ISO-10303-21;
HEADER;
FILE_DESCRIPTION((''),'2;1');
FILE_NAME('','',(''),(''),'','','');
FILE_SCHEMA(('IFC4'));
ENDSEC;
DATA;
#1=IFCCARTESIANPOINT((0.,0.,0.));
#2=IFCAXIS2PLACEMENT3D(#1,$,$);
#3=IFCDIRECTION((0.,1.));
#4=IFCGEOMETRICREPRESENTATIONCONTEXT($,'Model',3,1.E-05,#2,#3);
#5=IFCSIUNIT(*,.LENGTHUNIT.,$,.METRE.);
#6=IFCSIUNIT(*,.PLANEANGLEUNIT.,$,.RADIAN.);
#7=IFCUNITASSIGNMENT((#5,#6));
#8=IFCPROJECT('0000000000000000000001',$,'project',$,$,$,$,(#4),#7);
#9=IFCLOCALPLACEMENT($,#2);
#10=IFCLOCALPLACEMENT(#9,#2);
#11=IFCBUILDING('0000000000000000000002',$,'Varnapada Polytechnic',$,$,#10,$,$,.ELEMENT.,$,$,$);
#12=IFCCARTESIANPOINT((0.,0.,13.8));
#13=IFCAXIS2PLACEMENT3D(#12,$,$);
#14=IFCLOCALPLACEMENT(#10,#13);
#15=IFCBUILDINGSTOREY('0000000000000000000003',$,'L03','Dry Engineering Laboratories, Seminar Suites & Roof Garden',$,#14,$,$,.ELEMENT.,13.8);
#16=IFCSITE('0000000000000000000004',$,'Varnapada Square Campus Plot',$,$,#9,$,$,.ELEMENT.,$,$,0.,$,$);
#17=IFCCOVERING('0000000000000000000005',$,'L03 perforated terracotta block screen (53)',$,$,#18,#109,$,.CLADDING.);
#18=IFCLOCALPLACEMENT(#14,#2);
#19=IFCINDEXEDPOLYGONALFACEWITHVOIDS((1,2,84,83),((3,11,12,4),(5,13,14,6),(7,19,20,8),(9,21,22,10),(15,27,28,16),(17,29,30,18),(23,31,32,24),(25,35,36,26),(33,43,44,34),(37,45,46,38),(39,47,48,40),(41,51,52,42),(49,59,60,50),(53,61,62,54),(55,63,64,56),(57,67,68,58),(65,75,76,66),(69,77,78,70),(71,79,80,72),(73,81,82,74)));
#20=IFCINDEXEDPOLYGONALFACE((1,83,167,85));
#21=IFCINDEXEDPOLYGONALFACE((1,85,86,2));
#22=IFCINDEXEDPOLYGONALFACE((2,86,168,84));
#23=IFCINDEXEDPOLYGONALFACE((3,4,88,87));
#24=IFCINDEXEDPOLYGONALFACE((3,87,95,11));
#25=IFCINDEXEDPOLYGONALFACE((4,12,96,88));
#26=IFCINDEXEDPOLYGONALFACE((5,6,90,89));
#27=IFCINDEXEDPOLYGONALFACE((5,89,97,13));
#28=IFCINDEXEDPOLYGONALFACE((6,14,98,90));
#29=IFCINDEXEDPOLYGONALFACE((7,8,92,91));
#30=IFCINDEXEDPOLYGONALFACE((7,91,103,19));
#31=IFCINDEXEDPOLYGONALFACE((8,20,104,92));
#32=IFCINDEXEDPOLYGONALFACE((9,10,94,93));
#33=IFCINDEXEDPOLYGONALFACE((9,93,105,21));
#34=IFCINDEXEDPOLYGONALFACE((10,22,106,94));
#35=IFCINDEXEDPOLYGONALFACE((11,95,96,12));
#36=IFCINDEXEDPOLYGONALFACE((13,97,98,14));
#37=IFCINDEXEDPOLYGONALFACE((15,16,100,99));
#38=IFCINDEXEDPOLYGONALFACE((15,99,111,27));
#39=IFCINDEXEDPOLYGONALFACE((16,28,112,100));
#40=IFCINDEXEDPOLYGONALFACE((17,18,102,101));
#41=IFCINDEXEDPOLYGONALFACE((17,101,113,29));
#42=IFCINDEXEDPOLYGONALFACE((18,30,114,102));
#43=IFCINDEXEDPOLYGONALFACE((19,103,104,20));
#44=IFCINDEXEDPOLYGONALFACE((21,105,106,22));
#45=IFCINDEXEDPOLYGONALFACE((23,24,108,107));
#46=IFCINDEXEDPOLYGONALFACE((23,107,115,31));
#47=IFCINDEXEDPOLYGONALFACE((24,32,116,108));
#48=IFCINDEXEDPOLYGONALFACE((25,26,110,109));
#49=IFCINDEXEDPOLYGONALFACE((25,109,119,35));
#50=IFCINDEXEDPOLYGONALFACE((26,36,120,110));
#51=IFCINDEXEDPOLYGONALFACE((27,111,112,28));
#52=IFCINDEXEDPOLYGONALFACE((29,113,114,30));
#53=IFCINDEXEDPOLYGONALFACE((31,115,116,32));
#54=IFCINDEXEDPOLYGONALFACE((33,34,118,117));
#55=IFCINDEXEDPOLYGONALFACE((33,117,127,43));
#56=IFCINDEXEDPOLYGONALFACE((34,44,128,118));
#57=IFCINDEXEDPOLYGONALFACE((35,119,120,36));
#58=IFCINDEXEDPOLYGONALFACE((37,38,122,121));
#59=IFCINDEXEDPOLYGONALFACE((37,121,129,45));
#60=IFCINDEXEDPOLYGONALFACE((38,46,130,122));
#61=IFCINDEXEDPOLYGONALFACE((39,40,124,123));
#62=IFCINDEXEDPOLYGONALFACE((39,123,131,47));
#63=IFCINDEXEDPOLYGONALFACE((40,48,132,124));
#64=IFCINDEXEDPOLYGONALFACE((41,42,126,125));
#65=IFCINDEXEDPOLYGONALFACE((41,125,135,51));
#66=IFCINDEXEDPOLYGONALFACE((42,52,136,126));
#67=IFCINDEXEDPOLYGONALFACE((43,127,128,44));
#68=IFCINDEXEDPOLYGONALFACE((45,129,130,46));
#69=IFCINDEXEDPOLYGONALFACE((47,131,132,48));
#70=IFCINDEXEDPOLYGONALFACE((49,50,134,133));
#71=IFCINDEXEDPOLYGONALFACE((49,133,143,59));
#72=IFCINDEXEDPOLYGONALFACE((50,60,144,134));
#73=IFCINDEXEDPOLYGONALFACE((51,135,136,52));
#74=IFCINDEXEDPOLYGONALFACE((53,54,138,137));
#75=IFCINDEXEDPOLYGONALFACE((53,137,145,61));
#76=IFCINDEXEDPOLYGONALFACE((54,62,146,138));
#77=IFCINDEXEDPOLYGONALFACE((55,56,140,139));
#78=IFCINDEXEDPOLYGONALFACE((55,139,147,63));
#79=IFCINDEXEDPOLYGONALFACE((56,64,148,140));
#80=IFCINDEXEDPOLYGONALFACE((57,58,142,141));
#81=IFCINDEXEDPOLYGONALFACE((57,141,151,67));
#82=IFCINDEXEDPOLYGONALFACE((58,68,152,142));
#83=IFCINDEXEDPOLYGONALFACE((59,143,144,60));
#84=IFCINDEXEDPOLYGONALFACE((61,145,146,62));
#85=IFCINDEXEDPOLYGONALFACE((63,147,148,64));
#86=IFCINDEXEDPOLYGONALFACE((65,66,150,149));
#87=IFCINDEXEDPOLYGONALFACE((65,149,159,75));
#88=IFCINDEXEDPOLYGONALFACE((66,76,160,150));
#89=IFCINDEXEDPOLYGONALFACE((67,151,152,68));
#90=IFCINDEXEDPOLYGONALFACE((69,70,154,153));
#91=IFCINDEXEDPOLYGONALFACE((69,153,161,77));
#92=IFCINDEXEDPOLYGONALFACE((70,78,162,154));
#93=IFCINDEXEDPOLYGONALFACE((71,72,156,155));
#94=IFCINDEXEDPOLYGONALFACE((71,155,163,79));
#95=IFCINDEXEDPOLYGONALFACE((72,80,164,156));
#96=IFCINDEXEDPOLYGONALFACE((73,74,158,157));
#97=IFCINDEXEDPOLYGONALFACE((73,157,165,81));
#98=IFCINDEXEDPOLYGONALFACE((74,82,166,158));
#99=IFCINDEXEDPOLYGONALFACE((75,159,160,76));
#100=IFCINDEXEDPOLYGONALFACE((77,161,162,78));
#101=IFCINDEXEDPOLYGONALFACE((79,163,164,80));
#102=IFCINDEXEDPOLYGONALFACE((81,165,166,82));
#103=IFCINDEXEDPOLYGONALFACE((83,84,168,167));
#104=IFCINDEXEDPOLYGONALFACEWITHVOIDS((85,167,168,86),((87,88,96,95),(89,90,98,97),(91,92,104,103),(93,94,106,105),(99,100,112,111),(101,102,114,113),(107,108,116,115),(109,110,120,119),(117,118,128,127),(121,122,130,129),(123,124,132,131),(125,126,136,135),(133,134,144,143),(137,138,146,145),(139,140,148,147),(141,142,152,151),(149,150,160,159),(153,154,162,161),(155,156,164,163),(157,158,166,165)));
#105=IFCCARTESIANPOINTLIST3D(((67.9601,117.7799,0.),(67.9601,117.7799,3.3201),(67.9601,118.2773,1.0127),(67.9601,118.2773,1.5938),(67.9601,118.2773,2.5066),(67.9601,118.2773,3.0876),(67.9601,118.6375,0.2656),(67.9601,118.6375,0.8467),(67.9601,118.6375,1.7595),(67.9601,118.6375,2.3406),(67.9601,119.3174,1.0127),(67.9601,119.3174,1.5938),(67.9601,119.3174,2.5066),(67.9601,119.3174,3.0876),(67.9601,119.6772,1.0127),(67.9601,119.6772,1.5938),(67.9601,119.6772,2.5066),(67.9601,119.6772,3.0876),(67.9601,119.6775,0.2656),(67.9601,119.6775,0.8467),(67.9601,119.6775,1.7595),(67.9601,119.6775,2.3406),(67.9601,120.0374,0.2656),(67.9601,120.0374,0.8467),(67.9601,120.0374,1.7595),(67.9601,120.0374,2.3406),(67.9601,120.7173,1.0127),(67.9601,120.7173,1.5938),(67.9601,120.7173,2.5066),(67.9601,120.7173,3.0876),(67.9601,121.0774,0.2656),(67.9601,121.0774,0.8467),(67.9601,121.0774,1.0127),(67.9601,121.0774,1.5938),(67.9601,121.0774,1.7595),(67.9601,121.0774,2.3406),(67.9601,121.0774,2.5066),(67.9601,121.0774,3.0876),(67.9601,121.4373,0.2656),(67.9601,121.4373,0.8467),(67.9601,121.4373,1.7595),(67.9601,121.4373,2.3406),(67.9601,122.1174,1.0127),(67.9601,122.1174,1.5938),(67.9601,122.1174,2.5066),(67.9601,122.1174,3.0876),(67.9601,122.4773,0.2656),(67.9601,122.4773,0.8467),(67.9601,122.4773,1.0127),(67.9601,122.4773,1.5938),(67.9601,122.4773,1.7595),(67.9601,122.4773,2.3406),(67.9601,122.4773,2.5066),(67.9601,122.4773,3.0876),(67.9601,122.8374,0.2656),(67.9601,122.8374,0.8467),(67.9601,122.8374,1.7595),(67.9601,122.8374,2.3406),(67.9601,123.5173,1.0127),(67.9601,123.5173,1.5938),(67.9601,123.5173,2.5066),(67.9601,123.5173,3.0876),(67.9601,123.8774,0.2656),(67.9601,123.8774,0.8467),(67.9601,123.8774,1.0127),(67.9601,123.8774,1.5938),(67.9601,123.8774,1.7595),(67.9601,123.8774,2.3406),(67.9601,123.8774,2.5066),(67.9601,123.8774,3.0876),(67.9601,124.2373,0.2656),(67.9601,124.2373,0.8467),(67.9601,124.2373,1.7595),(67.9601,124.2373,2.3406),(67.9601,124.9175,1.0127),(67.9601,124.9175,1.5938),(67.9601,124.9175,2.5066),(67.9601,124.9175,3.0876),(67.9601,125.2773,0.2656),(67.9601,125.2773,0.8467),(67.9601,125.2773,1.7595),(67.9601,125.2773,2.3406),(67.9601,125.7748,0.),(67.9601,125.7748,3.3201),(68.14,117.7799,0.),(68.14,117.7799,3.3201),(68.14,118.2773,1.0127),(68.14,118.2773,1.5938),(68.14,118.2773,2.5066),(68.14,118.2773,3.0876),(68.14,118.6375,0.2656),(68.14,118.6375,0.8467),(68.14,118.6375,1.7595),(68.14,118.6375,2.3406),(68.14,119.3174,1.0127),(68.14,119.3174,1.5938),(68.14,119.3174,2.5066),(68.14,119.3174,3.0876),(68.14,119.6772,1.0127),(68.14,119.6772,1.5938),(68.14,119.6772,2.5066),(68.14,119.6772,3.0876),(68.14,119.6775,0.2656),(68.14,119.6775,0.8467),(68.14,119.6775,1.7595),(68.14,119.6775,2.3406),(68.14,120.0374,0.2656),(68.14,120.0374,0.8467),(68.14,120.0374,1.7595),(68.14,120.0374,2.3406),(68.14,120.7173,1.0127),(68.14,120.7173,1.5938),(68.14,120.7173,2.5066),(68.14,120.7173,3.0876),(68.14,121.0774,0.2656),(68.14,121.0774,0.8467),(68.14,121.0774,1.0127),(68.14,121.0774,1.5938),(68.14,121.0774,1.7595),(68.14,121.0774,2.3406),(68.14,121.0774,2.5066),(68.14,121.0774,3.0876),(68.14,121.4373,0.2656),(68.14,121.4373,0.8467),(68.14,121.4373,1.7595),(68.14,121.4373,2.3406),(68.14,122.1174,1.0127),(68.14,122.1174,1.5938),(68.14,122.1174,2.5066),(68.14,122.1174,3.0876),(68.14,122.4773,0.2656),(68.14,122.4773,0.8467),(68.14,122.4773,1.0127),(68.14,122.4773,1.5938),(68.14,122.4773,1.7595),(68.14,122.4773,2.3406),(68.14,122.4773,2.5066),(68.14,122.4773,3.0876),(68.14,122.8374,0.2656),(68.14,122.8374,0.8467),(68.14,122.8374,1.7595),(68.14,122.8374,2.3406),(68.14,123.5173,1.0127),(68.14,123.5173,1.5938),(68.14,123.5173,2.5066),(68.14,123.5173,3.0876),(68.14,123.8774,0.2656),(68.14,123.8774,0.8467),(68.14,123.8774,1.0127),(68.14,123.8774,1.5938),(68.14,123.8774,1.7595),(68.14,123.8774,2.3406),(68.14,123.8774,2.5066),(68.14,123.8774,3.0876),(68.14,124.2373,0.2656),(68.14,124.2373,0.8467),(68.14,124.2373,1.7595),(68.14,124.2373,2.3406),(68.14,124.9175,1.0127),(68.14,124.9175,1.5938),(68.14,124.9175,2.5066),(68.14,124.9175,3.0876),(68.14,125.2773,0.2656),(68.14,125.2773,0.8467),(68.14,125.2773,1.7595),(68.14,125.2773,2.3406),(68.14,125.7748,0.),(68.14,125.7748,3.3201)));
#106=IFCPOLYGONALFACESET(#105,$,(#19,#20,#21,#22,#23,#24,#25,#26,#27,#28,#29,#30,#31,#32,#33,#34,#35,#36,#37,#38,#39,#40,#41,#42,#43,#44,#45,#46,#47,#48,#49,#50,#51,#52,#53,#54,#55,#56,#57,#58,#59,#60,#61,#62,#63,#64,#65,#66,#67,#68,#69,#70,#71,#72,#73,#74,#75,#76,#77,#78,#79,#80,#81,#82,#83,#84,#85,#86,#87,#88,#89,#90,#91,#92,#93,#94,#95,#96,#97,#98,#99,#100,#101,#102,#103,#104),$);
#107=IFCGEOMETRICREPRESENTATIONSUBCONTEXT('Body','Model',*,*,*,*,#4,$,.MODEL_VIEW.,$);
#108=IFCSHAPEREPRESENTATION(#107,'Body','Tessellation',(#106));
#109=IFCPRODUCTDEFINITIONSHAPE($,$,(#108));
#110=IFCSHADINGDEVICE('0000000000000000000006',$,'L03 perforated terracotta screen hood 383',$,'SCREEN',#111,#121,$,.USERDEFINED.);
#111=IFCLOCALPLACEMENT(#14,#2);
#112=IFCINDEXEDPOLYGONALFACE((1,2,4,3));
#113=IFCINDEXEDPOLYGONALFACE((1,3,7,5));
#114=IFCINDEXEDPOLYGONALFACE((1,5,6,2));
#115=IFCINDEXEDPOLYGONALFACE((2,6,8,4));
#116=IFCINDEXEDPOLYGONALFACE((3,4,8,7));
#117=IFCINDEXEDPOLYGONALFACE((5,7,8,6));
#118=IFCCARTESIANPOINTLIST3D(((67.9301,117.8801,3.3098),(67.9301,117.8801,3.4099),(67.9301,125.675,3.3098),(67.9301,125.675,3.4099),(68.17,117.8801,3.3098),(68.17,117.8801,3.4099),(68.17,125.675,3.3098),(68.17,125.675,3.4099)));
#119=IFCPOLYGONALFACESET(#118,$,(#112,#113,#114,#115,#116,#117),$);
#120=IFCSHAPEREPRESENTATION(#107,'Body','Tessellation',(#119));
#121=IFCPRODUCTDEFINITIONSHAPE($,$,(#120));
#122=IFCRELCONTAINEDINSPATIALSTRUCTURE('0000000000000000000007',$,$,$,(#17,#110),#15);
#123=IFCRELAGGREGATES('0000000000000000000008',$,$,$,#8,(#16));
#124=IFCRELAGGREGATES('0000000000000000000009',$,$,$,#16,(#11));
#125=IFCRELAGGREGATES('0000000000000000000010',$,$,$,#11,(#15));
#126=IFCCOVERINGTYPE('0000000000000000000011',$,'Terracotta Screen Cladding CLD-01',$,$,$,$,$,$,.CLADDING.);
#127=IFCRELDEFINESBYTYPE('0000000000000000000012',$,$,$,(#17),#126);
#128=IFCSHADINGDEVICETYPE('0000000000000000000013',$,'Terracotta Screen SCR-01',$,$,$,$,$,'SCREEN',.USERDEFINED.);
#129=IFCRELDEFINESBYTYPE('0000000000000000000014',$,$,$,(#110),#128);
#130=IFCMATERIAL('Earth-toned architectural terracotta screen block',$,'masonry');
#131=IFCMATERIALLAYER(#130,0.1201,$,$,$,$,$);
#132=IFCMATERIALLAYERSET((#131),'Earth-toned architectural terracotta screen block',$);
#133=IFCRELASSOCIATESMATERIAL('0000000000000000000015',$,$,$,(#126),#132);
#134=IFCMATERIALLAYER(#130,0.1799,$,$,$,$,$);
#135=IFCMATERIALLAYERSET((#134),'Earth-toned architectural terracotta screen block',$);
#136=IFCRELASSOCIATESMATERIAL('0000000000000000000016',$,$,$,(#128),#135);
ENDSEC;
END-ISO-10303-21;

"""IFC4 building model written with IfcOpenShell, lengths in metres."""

from ifc_helpers import new_model, si_unit, direction, frame, frame_2d, origin, origin_2d, place, context, subcontext, project, spatial, rectangle, extrude, material, layer, layer_set, type_object, element, save


model = new_model("IFC4")

# Units and contexts
model_context = context("Model", 3, precision=1e-05, world=origin(), true_north=direction((0.0, 1.0)))
body_context = subcontext(model_context, "Body", "Model", "MODEL_VIEW")
ifc_project = project(units=[si_unit("LENGTHUNIT", "METRE"), si_unit("PLANEANGLEUNIT", "RADIAN")], contexts=[model_context])

# Site, building, storey
site_placement = place(None, origin())
site = spatial("IfcSite", under=ifc_project, at=site_placement, Name="Varnapada Square Campus Plot", CompositionType="ELEMENT", RefElevation=0.0)
building_placement = place(site_placement, origin())
building = spatial("IfcBuilding", under=site, at=building_placement, Name="Varnapada Polytechnic", CompositionType="ELEMENT")
storey_placement = place(building_placement, frame((0.0, 0.0, 13.8)))
storey = spatial("IfcBuildingStorey", under=building, at=storey_placement, Name="L03", Description="Dry Engineering Laboratories, Seminar Suites & Roof Garden", CompositionType="ELEMENT", Elevation=13.8)

# Covering, openings
ifc_material_1 = material(Name="Earth-toned architectural terracotta screen block", Category="masonry")
ifc_layer_1 = layer(ifc_material_1, 0.1201)
ifc_layer_set_1 = layer_set([ifc_layer_1], Name="Earth-toned architectural terracotta screen block")
covering_type = type_object("IfcCoveringType", Name="Terracotta Screen Cladding CLD-01", PredefinedType="CLADDING", material=ifc_layer_set_1)
covering_placement = place(storey_placement, frame((68.05, 125.7749, 0.0), z_axis=(0.0, 0.0, 1.0), x_axis=(0.0, -1.0, 0.0)))
covering = element("IfcCovering", 1, at=covering_placement, inside=storey, type_object=covering_type, Name="L03 perforated terracotta block screen (53)", PredefinedType="CLADDING", context=body_context, shape_type="SweptSolid", body=[
    extrude(rectangle(XDim=7.9949, YDim=0.1799, at=frame_2d((3.9976, 0.0))), origin(), (0.0, 0.0, 1.0), 3.3201),
])
opening_1_placement = place(covering_placement, frame((0.4976, 0.0, 0.2656)))
element("IfcOpeningElement", 2, at=opening_1_placement, cuts=covering, PredefinedType="OPENING", context=body_context, shape_type="SweptSolid", body=[
    extrude(rectangle(XDim=1.04, YDim=0.5811, at=frame_2d((0.52, 0.2905))), frame((0.0, 0.0999, 0.0), z_axis=(0.0, -1.0, 0.0), x_axis=(1.0, 0.0, 0.0)), (0.0, 0.0, 1.0), 0.2),
])
opening_2_placement = place(covering_placement, frame((1.8975, 0.0, 0.2656)))
element("IfcOpeningElement", 3, at=opening_2_placement, cuts=covering, PredefinedType="OPENING", context=body_context, shape_type="SweptSolid", body=[
    extrude(rectangle(XDim=1.04, YDim=0.5811, at=frame_2d((0.52, 0.2905))), frame((0.0, 0.0999, 0.0), z_axis=(0.0, -1.0, 0.0), x_axis=(1.0, 0.0, 0.0)), (0.0, 0.0, 1.0), 0.2),
])
opening_3_placement = place(covering_placement, frame((3.2976, 0.0, 0.2656)))
element("IfcOpeningElement", 4, at=opening_3_placement, cuts=covering, PredefinedType="OPENING", context=body_context, shape_type="SweptSolid", body=[
    extrude(rectangle(XDim=1.04, YDim=0.5811, at=frame_2d((0.52, 0.2905))), frame((0.0, 0.0999, 0.0), z_axis=(0.0, -1.0, 0.0), x_axis=(1.0, 0.0, 0.0)), (0.0, 0.0, 1.0), 0.2),
])
opening_4_placement = place(covering_placement, frame((4.6975, 0.0, 0.2656)))
element("IfcOpeningElement", 5, at=opening_4_placement, cuts=covering, PredefinedType="OPENING", context=body_context, shape_type="SweptSolid", body=[
    extrude(rectangle(XDim=1.04, YDim=0.5811, at=frame_2d((0.52, 0.2905))), frame((0.0, 0.0999, 0.0), z_axis=(0.0, -1.0, 0.0), x_axis=(1.0, 0.0, 0.0)), (0.0, 0.0, 1.0), 0.2),
])
opening_5_placement = place(covering_placement, frame((6.0974, 0.0, 0.2656)))
element("IfcOpeningElement", 6, at=opening_5_placement, cuts=covering, PredefinedType="OPENING", context=body_context, shape_type="SweptSolid", body=[
    extrude(rectangle(XDim=1.04, YDim=0.5811, at=frame_2d((0.52, 0.2905))), frame((0.0, 0.0999, 0.0), z_axis=(0.0, -1.0, 0.0), x_axis=(1.0, 0.0, 0.0)), (0.0, 0.0, 1.0), 0.2),
])
opening_6_placement = place(covering_placement, frame((0.8574, 0.0, 1.0127)))
element("IfcOpeningElement", 7, at=opening_6_placement, cuts=covering, PredefinedType="OPENING", context=body_context, shape_type="SweptSolid", body=[
    extrude(rectangle(XDim=1.04, YDim=0.5811, at=frame_2d((0.52, 0.2905))), frame((0.0, 0.0999, 0.0), z_axis=(0.0, -1.0, 0.0), x_axis=(1.0, 0.0, 0.0)), (0.0, 0.0, 1.0), 0.2),
])
opening_7_placement = place(covering_placement, frame((2.2576, 0.0, 1.0127)))
element("IfcOpeningElement", 8, at=opening_7_placement, cuts=covering, PredefinedType="OPENING", context=body_context, shape_type="SweptSolid", body=[
    extrude(rectangle(XDim=1.04, YDim=0.5811, at=frame_2d((0.52, 0.2905))), frame((0.0, 0.0999, 0.0), z_axis=(0.0, -1.0, 0.0), x_axis=(1.0, 0.0, 0.0)), (0.0, 0.0, 1.0), 0.2),
])
opening_8_placement = place(covering_placement, frame((3.6575, 0.0, 1.0127)))
element("IfcOpeningElement", 9, at=opening_8_placement, cuts=covering, PredefinedType="OPENING", context=body_context, shape_type="SweptSolid", body=[
    extrude(rectangle(XDim=1.04, YDim=0.5811, at=frame_2d((0.52, 0.2905))), frame((0.0, 0.0999, 0.0), z_axis=(0.0, -1.0, 0.0), x_axis=(1.0, 0.0, 0.0)), (0.0, 0.0, 1.0), 0.2),
])
opening_9_placement = place(covering_placement, frame((5.0576, 0.0, 1.0127)))
element("IfcOpeningElement", 10, at=opening_9_placement, cuts=covering, PredefinedType="OPENING", context=body_context, shape_type="SweptSolid", body=[
    extrude(rectangle(XDim=1.04, YDim=0.5811, at=frame_2d((0.52, 0.2905))), frame((0.0, 0.0999, 0.0), z_axis=(0.0, -1.0, 0.0), x_axis=(1.0, 0.0, 0.0)), (0.0, 0.0, 1.0), 0.2),
])
opening_10_placement = place(covering_placement, frame((6.4575, 0.0, 1.0127)))
element("IfcOpeningElement", 11, at=opening_10_placement, cuts=covering, PredefinedType="OPENING", context=body_context, shape_type="SweptSolid", body=[
    extrude(rectangle(XDim=1.04, YDim=0.5811, at=frame_2d((0.52, 0.2905))), frame((0.0, 0.0999, 0.0), z_axis=(0.0, -1.0, 0.0), x_axis=(1.0, 0.0, 0.0)), (0.0, 0.0, 1.0), 0.2),
])
opening_11_placement = place(covering_placement, frame((0.4976, 0.0, 1.7595)))
element("IfcOpeningElement", 12, at=opening_11_placement, cuts=covering, PredefinedType="OPENING", context=body_context, shape_type="SweptSolid", body=[
    extrude(rectangle(XDim=1.04, YDim=0.5811, at=frame_2d((0.52, 0.2905))), frame((0.0, 0.0999, 0.0), z_axis=(0.0, -1.0, 0.0), x_axis=(1.0, 0.0, 0.0)), (0.0, 0.0, 1.0), 0.2),
])
opening_12_placement = place(covering_placement, frame((1.8975, 0.0, 1.7595)))
element("IfcOpeningElement", 13, at=opening_12_placement, cuts=covering, PredefinedType="OPENING", context=body_context, shape_type="SweptSolid", body=[
    extrude(rectangle(XDim=1.04, YDim=0.5811, at=frame_2d((0.52, 0.2905))), frame((0.0, 0.0999, 0.0), z_axis=(0.0, -1.0, 0.0), x_axis=(1.0, 0.0, 0.0)), (0.0, 0.0, 1.0), 0.2),
])
opening_13_placement = place(covering_placement, frame((3.2976, 0.0, 1.7595)))
element("IfcOpeningElement", 14, at=opening_13_placement, cuts=covering, PredefinedType="OPENING", context=body_context, shape_type="SweptSolid", body=[
    extrude(rectangle(XDim=1.04, YDim=0.5811, at=frame_2d((0.52, 0.2905))), frame((0.0, 0.0999, 0.0), z_axis=(0.0, -1.0, 0.0), x_axis=(1.0, 0.0, 0.0)), (0.0, 0.0, 1.0), 0.2),
])
opening_14_placement = place(covering_placement, frame((4.6975, 0.0, 1.7595)))
element("IfcOpeningElement", 15, at=opening_14_placement, cuts=covering, PredefinedType="OPENING", context=body_context, shape_type="SweptSolid", body=[
    extrude(rectangle(XDim=1.04, YDim=0.5811, at=frame_2d((0.52, 0.2905))), frame((0.0, 0.0999, 0.0), z_axis=(0.0, -1.0, 0.0), x_axis=(1.0, 0.0, 0.0)), (0.0, 0.0, 1.0), 0.2),
])
opening_15_placement = place(covering_placement, frame((6.0974, 0.0, 1.7595)))
element("IfcOpeningElement", 16, at=opening_15_placement, cuts=covering, PredefinedType="OPENING", context=body_context, shape_type="SweptSolid", body=[
    extrude(rectangle(XDim=1.04, YDim=0.5811, at=frame_2d((0.52, 0.2905))), frame((0.0, 0.0999, 0.0), z_axis=(0.0, -1.0, 0.0), x_axis=(1.0, 0.0, 0.0)), (0.0, 0.0, 1.0), 0.2),
])
opening_16_placement = place(covering_placement, frame((0.8574, 0.0, 2.5066)))
element("IfcOpeningElement", 17, at=opening_16_placement, cuts=covering, PredefinedType="OPENING", context=body_context, shape_type="SweptSolid", body=[
    extrude(rectangle(XDim=1.04, YDim=0.5811, at=frame_2d((0.52, 0.2905))), frame((0.0, 0.0999, 0.0), z_axis=(0.0, -1.0, 0.0), x_axis=(1.0, 0.0, 0.0)), (0.0, 0.0, 1.0), 0.2),
])
opening_17_placement = place(covering_placement, frame((2.2576, 0.0, 2.5066)))
element("IfcOpeningElement", 18, at=opening_17_placement, cuts=covering, PredefinedType="OPENING", context=body_context, shape_type="SweptSolid", body=[
    extrude(rectangle(XDim=1.04, YDim=0.5811, at=frame_2d((0.52, 0.2905))), frame((0.0, 0.0999, 0.0), z_axis=(0.0, -1.0, 0.0), x_axis=(1.0, 0.0, 0.0)), (0.0, 0.0, 1.0), 0.2),
])
opening_18_placement = place(covering_placement, frame((3.6575, 0.0, 2.5066)))
element("IfcOpeningElement", 19, at=opening_18_placement, cuts=covering, PredefinedType="OPENING", context=body_context, shape_type="SweptSolid", body=[
    extrude(rectangle(XDim=1.04, YDim=0.5811, at=frame_2d((0.52, 0.2905))), frame((0.0, 0.0999, 0.0), z_axis=(0.0, -1.0, 0.0), x_axis=(1.0, 0.0, 0.0)), (0.0, 0.0, 1.0), 0.2),
])
opening_19_placement = place(covering_placement, frame((5.0576, 0.0, 2.5066)))
element("IfcOpeningElement", 20, at=opening_19_placement, cuts=covering, PredefinedType="OPENING", context=body_context, shape_type="SweptSolid", body=[
    extrude(rectangle(XDim=1.04, YDim=0.5811, at=frame_2d((0.52, 0.2905))), frame((0.0, 0.0999, 0.0), z_axis=(0.0, -1.0, 0.0), x_axis=(1.0, 0.0, 0.0)), (0.0, 0.0, 1.0), 0.2),
])
opening_20_placement = place(covering_placement, frame((6.4575, 0.0, 2.5066)))
element("IfcOpeningElement", 21, at=opening_20_placement, cuts=covering, PredefinedType="OPENING", context=body_context, shape_type="SweptSolid", body=[
    extrude(rectangle(XDim=1.04, YDim=0.5811, at=frame_2d((0.52, 0.2905))), frame((0.0, 0.0999, 0.0), z_axis=(0.0, -1.0, 0.0), x_axis=(1.0, 0.0, 0.0)), (0.0, 0.0, 1.0), 0.2),
])

# Shading device
ifc_layer_2 = layer(ifc_material_1, 0.1799)
ifc_layer_set_2 = layer_set([ifc_layer_2], Name="Earth-toned architectural terracotta screen block")
shading_device_type = type_object("IfcShadingDeviceType", Name="Terracotta Screen SCR-01", ElementType="SCREEN", PredefinedType="USERDEFINED", material=ifc_layer_set_2)
shading_device_placement = place(storey_placement, frame((68.05, 121.7776, 3.3098), z_axis=(0.0, 0.0, 1.0), x_axis=(0.0, -1.0, 0.0)))
element("IfcShadingDevice", 22, at=shading_device_placement, inside=storey, type_object=shading_device_type, Name="L03 perforated terracotta screen hood 383", ObjectType="SCREEN", PredefinedType="USERDEFINED", context=body_context, shape_type="SweptSolid", body=[
    extrude(rectangle(XDim=7.7949, YDim=0.24, at=origin_2d()), origin(), (0.0, 0.0, 1.0), 0.1001),
])

save(model, "model.ifc")
